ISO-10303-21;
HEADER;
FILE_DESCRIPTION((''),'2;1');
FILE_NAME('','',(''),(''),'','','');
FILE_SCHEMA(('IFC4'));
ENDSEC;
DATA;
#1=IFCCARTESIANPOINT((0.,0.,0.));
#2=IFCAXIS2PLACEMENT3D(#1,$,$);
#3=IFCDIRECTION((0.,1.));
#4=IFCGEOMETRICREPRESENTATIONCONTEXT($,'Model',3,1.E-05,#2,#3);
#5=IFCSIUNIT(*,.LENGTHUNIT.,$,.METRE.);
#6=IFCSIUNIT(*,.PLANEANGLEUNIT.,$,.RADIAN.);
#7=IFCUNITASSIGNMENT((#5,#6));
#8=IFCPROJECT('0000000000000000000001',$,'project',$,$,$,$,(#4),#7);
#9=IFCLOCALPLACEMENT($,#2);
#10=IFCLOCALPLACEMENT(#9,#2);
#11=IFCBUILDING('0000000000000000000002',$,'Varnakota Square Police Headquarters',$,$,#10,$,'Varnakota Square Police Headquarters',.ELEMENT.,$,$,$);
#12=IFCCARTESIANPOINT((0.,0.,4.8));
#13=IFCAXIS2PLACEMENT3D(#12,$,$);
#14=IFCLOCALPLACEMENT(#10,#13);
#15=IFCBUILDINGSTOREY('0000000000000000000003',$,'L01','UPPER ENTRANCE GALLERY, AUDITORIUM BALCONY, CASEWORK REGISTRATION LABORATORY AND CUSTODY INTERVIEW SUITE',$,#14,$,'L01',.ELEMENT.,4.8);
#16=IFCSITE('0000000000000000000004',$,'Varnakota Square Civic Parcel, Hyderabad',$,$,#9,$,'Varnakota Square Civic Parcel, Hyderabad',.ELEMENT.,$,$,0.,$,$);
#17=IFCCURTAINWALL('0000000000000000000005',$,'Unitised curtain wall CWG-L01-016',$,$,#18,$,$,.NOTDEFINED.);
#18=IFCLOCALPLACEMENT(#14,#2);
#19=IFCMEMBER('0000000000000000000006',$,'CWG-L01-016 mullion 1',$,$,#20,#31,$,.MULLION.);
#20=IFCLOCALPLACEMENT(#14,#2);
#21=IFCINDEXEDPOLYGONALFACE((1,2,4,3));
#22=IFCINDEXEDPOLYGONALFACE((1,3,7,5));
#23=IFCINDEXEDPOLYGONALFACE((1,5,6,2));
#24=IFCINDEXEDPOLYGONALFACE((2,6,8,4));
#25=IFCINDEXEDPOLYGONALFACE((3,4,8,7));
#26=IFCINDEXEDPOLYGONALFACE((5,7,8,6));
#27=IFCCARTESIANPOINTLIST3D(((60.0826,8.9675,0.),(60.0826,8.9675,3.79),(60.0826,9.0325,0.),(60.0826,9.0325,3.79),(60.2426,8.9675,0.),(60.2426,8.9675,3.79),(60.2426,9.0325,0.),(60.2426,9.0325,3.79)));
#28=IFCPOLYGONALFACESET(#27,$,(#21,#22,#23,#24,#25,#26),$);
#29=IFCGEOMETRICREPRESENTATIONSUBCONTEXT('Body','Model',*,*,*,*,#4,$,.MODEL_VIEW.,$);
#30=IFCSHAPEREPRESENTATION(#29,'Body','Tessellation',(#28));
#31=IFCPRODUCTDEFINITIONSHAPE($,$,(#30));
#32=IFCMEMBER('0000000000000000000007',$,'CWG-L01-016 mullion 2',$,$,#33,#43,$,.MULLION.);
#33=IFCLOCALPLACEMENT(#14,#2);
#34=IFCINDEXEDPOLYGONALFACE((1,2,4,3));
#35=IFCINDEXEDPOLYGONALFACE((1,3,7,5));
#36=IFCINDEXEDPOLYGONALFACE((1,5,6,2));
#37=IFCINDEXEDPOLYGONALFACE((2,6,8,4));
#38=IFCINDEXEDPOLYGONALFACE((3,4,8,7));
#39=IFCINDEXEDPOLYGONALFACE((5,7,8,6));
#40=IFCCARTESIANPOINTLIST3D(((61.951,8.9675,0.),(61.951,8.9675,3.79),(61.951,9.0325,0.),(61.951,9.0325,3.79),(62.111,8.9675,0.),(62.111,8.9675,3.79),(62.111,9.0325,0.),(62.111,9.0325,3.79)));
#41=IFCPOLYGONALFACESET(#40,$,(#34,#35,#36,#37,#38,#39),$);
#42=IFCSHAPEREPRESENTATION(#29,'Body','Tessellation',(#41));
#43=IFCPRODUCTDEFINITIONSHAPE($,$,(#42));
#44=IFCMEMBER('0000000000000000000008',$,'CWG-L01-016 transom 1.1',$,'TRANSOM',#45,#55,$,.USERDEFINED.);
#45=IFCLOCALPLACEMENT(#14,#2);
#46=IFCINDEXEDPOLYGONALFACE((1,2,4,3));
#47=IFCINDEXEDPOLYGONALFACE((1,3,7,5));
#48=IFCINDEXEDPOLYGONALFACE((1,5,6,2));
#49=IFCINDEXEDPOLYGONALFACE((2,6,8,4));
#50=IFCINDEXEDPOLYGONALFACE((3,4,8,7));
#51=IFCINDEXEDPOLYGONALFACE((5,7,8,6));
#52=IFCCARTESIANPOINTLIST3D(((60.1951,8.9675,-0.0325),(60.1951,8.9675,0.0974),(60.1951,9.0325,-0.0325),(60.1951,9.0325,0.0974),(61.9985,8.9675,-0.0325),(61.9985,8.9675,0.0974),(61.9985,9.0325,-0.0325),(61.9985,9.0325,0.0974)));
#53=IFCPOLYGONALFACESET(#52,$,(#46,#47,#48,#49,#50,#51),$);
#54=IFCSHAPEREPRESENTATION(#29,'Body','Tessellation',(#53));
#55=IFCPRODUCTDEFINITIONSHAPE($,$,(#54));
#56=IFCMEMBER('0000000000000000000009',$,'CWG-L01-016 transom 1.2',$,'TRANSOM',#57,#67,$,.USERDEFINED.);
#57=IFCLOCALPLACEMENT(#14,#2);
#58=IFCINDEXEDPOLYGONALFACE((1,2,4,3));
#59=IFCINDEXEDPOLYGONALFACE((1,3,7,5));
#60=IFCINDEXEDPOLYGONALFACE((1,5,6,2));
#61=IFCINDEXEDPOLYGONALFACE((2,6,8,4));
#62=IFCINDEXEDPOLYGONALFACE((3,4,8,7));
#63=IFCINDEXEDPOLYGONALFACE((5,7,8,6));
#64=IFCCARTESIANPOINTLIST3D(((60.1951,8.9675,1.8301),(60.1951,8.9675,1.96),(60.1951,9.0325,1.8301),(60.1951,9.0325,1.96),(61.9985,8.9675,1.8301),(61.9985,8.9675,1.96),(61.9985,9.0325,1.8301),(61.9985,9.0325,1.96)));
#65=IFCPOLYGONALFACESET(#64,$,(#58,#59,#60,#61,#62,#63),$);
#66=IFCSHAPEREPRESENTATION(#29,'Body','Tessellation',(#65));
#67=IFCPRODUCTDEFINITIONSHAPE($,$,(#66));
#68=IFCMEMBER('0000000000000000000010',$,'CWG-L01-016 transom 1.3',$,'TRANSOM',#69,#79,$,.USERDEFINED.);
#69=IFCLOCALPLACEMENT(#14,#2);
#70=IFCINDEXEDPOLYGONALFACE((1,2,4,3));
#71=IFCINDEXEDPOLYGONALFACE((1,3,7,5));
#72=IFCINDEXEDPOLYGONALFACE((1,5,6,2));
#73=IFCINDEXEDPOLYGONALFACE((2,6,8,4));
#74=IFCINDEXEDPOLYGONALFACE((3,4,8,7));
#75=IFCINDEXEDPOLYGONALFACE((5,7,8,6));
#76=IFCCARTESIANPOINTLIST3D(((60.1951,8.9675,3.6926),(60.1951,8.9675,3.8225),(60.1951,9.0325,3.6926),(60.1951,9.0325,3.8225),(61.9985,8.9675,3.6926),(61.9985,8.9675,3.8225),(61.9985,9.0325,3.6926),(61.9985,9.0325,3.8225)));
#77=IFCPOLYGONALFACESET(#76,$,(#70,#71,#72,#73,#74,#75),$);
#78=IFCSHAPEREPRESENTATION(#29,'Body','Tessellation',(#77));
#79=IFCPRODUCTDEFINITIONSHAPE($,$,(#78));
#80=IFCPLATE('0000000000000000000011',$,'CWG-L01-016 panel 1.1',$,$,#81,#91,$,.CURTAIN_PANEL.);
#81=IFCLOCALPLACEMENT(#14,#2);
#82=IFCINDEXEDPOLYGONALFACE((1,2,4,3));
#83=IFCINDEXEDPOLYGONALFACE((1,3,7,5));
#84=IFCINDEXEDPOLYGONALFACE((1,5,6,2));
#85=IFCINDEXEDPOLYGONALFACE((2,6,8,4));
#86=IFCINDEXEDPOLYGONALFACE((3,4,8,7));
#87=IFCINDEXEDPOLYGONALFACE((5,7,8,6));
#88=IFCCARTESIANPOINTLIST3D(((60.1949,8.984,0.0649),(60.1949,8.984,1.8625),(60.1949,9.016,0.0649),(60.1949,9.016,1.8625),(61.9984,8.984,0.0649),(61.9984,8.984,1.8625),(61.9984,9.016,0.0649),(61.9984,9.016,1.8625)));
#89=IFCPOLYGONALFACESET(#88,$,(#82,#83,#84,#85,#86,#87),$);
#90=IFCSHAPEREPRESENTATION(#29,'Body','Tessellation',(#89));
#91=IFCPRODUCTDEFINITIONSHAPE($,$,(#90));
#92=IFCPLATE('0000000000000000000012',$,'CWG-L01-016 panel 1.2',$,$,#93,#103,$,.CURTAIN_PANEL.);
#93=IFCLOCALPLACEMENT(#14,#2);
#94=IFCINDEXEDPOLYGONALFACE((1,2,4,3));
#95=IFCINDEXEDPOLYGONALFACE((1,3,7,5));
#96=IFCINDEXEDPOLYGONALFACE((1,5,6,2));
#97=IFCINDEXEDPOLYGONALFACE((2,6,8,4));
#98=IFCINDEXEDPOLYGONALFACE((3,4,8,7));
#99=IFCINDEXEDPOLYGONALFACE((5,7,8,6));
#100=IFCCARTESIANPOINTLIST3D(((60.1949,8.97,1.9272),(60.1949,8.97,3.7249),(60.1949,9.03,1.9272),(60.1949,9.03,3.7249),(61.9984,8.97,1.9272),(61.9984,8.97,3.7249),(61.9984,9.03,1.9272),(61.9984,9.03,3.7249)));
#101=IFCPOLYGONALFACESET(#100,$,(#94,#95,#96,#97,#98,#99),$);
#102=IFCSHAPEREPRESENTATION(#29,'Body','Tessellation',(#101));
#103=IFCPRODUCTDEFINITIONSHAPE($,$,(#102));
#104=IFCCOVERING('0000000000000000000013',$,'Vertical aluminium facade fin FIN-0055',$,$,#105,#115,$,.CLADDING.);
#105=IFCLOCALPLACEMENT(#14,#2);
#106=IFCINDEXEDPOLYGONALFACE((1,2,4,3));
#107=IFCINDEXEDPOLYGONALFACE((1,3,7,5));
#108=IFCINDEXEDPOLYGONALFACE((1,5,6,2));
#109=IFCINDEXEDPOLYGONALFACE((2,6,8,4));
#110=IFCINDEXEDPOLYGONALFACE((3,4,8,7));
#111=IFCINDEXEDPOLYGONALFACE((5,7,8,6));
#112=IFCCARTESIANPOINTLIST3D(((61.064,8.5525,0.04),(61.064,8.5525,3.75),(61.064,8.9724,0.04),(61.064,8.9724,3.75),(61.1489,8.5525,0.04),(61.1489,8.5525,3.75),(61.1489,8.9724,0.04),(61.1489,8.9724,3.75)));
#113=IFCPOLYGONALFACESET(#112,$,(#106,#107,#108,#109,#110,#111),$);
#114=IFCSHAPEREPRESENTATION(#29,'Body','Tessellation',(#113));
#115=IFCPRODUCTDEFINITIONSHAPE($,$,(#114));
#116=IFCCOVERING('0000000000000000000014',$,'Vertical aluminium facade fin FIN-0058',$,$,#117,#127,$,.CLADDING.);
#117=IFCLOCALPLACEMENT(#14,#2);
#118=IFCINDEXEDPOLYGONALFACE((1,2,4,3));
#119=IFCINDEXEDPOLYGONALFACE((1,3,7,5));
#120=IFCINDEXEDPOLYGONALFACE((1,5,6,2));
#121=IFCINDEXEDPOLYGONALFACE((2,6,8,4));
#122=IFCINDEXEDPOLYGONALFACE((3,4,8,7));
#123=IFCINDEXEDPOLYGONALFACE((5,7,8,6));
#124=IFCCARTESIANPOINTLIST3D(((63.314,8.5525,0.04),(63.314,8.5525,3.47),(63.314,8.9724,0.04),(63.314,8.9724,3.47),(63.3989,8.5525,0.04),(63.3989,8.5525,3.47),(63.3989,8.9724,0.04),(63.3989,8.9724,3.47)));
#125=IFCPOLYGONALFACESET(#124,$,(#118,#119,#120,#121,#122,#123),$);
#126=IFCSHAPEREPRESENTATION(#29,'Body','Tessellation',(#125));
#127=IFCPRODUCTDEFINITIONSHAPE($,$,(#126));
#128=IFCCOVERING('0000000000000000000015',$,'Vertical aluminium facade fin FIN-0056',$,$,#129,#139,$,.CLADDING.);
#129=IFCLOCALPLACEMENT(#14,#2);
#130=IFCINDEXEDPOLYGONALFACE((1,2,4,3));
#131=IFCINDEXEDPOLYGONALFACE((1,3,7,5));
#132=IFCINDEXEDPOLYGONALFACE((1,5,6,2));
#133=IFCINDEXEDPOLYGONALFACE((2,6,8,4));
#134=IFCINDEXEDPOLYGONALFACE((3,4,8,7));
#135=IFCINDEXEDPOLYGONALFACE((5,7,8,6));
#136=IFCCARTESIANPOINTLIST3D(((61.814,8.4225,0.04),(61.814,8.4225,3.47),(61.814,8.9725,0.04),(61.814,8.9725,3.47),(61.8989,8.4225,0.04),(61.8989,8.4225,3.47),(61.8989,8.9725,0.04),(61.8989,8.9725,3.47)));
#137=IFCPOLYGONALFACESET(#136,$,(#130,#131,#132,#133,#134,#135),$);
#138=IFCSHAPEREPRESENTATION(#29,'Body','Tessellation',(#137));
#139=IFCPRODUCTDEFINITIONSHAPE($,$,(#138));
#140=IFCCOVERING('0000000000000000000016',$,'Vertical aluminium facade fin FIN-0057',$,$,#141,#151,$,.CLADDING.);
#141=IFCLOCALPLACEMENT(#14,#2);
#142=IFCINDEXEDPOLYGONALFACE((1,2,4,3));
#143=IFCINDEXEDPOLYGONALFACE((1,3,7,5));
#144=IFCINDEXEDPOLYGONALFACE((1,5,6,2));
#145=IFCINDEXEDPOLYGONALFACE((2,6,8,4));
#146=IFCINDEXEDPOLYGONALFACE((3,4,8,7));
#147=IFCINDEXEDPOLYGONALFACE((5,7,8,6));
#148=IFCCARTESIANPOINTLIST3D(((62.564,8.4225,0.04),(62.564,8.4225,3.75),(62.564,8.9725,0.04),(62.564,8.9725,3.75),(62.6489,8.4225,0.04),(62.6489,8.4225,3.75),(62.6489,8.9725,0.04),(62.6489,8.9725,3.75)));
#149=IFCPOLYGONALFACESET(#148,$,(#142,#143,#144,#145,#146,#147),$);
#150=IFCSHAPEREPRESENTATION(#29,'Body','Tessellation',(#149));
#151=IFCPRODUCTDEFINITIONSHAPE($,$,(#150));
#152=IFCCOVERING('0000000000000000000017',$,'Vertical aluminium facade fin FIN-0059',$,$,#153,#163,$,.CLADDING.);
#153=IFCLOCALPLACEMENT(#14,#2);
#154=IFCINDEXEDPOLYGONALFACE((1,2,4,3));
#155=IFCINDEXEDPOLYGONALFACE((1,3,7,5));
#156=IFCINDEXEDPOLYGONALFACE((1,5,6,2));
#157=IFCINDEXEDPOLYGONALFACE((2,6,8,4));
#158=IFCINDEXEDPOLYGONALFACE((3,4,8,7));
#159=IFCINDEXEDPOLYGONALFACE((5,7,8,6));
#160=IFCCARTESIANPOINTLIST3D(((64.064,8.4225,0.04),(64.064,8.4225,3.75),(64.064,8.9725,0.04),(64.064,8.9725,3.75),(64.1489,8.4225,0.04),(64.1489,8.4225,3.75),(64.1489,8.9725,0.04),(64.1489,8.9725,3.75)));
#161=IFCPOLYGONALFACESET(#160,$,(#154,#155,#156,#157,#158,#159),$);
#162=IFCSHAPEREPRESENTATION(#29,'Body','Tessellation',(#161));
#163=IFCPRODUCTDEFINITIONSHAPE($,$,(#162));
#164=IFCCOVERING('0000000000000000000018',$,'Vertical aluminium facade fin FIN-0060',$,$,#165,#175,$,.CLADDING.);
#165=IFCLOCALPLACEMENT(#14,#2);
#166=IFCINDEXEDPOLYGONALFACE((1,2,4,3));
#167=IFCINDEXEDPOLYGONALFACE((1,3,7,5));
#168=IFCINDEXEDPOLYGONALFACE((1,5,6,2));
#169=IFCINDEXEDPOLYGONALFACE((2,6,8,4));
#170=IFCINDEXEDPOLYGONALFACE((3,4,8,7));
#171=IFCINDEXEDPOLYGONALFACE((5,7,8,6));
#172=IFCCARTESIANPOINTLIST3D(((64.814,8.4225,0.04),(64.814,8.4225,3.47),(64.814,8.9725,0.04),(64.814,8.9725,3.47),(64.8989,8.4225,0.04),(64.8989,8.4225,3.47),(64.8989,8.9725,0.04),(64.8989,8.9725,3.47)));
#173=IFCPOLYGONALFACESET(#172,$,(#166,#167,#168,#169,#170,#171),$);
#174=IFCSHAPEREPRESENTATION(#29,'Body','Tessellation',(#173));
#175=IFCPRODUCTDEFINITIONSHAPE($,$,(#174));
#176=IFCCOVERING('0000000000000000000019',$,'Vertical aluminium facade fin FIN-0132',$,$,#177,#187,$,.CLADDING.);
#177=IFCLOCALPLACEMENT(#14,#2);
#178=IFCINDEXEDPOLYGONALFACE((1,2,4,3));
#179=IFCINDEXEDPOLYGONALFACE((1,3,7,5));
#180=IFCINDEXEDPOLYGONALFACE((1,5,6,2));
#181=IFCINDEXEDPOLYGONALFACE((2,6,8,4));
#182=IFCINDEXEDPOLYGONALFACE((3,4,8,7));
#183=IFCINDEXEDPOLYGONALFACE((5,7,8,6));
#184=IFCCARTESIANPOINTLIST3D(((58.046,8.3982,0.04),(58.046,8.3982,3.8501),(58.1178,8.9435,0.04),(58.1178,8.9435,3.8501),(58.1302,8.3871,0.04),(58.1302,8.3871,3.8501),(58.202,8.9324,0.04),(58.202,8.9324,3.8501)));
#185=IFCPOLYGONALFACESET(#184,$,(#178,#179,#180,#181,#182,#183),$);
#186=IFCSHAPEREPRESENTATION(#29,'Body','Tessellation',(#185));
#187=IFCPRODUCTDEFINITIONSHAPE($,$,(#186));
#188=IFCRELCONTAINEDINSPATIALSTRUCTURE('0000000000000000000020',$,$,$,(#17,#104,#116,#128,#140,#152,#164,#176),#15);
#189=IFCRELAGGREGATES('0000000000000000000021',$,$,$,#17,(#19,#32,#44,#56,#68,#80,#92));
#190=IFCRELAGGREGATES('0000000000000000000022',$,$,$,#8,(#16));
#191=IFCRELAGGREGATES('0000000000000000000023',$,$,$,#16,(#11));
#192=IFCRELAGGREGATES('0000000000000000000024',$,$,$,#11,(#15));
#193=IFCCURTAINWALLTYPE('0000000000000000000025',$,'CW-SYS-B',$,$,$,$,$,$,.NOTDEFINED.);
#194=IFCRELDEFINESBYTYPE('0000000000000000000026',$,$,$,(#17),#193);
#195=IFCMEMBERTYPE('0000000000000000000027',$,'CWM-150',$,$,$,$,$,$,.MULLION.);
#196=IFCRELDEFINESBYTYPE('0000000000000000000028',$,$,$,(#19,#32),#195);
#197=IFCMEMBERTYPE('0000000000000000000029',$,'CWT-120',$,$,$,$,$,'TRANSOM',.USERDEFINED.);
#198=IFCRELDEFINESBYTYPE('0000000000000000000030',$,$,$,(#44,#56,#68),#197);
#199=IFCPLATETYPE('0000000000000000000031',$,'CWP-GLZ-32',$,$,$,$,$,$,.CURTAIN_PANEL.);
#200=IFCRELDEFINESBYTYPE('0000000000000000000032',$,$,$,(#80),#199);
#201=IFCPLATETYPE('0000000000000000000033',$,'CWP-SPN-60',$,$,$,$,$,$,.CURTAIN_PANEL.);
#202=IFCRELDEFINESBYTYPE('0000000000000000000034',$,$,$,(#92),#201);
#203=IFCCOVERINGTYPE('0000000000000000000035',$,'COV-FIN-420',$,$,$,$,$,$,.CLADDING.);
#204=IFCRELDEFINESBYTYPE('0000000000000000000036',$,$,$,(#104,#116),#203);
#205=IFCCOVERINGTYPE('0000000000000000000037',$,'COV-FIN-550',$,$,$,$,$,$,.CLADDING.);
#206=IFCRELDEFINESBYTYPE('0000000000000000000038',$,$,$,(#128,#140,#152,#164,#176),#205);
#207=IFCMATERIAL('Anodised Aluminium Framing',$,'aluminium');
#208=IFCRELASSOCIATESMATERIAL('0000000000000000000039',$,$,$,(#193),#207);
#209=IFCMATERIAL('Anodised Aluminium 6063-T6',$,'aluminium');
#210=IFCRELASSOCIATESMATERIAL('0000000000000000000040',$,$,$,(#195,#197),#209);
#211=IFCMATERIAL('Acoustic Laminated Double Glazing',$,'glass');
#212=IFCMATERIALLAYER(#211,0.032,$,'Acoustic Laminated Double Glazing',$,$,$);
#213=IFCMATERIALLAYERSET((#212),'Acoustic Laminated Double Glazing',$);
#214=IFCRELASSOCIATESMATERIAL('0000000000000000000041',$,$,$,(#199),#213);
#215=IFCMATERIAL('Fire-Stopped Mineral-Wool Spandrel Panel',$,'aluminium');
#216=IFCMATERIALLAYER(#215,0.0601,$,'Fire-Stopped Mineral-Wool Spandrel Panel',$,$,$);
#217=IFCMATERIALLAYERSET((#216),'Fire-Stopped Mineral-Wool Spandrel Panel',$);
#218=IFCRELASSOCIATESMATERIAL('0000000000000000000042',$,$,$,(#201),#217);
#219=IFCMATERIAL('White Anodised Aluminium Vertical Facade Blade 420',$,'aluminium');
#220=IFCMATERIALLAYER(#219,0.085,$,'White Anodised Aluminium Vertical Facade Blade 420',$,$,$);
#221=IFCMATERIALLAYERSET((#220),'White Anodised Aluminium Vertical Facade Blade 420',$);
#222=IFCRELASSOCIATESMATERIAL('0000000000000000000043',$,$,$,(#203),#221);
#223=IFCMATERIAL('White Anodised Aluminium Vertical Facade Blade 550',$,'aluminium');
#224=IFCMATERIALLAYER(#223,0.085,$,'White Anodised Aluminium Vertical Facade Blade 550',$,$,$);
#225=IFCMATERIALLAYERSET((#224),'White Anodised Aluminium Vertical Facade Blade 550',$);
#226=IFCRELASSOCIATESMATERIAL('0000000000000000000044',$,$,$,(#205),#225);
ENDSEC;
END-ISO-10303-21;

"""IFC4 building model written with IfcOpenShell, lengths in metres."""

from ifc_helpers import new_model, si_unit, direction, frame, origin, origin_2d, place, context, subcontext, project, spatial, rectangle, extrude, material, layer, layer_set, material_profile, profile_set, type_object, element, aggregate, save


model = new_model("IFC4")

# Units and contexts
model_context = context("Model", 3, precision=1e-05, world=origin(), true_north=direction((0.0, 1.0)))
body_context = subcontext(model_context, "Body", "Model", "MODEL_VIEW")
ifc_project = project(units=[si_unit("LENGTHUNIT", "METRE"), si_unit("PLANEANGLEUNIT", "RADIAN")], contexts=[model_context])

# Site, building, storey
site_placement = place(None, origin())
site = spatial("IfcSite", under=ifc_project, at=site_placement, Name="Varnakota Square Civic Parcel, Hyderabad", LongName="Varnakota Square Civic Parcel, Hyderabad", CompositionType="ELEMENT", RefElevation=0.0)
building_placement = place(site_placement, origin())
building = spatial("IfcBuilding", under=site, at=building_placement, Name="Varnakota Square Police Headquarters", LongName="Varnakota Square Police Headquarters", CompositionType="ELEMENT")
storey_placement = place(building_placement, frame((0.0, 0.0, 4.8)))
storey = spatial("IfcBuildingStorey", under=building, at=storey_placement, Name="L01", Description="UPPER ENTRANCE GALLERY, AUDITORIUM BALCONY, CASEWORK REGISTRATION LABORATORY AND CUSTODY INTERVIEW SUITE", LongName="L01", CompositionType="ELEMENT", Elevation=4.8)

# Curtain wall, members, plates
ifc_material_1 = material(Name="Anodised Aluminium Framing", Category="aluminium")
curtain_wall_type = type_object("IfcCurtainWallType", Name="CW-SYS-B", PredefinedType="NOTDEFINED", material=ifc_material_1)
curtain_wall_placement = place(storey_placement, origin())
curtain_wall = element("IfcCurtainWall", 1, at=curtain_wall_placement, inside=storey, type_object=curtain_wall_type, Name="Unitised curtain wall CWG-L01-016", PredefinedType="NOTDEFINED")
ifc_material_2 = material(Name="Anodised Aluminium 6063-T6", Category="aluminium")
ifc_material_profile_1 = material_profile(ifc_material_2, rectangle(XDim=0.0649, YDim=0.1599, at=origin_2d()), Name="ALU MULLION 65x160")
ifc_profile_set_1 = profile_set([ifc_material_profile_1], Name="Anodised Aluminium 6063-T6")
member_type_1 = type_object("IfcMemberType", Name="CWM-150", PredefinedType="MULLION", material=ifc_profile_set_1)
member_1_placement = place(storey_placement, frame((60.1626, 9.0, 0.0), z_axis=(0.0, 0.0, 1.0), x_axis=(0.0, 1.0, 0.0)))
member_1 = element("IfcMember", 2, at=member_1_placement, type_object=member_type_1, Name="CWG-L01-016 mullion 1", PredefinedType="MULLION", context=body_context, shape_type="SweptSolid", body=[
    extrude(rectangle(XDim=0.0649, YDim=0.1599, at=origin_2d()), origin(), (0.0, 0.0, 1.0), 3.79),
])
member_2_placement = place(storey_placement, frame((62.031, 9.0, 0.0), z_axis=(0.0, 0.0, 1.0), x_axis=(0.0, 1.0, 0.0)))
member_2 = element("IfcMember", 3, at=member_2_placement, type_object=member_type_1, Name="CWG-L01-016 mullion 2", PredefinedType="MULLION", context=body_context, shape_type="SweptSolid", body=[
    extrude(rectangle(XDim=0.0649, YDim=0.1599, at=origin_2d()), origin(), (0.0, 0.0, 1.0), 3.79),
])
ifc_material_profile_2 = material_profile(ifc_material_2, rectangle(XDim=0.0649, YDim=0.1299, at=origin_2d()), Name="ALU TRANSOM 65x130")
ifc_profile_set_2 = profile_set([ifc_material_profile_2], Name="Anodised Aluminium 6063-T6")
member_type_2 = type_object("IfcMemberType", Name="CWT-120", ElementType="TRANSOM", PredefinedType="USERDEFINED", material=ifc_profile_set_2)
member_3_placement = place(storey_placement, frame((60.1951, 9.0, 0.0325), z_axis=(1.0, 0.0, 0.0), x_axis=(0.0, 1.0, 0.0)))
member_3 = element("IfcMember", 4, at=member_3_placement, type_object=member_type_2, Name="CWG-L01-016 transom 1.1", ObjectType="TRANSOM", PredefinedType="USERDEFINED", context=body_context, shape_type="SweptSolid", body=[
    extrude(rectangle(XDim=0.0649, YDim=0.1299, at=origin_2d()), origin(), (0.0, 0.0, 1.0), 1.8035),
])
member_4_placement = place(storey_placement, frame((60.1951, 9.0, 1.895), z_axis=(1.0, 0.0, 0.0), x_axis=(0.0, 1.0, 0.0)))
member_4 = element("IfcMember", 5, at=member_4_placement, type_object=member_type_2, Name="CWG-L01-016 transom 1.2", ObjectType="TRANSOM", PredefinedType="USERDEFINED", context=body_context, shape_type="SweptSolid", body=[
    extrude(rectangle(XDim=0.0649, YDim=0.1299, at=origin_2d()), origin(), (0.0, 0.0, 1.0), 1.8035),
])
member_5_placement = place(storey_placement, frame((60.1951, 9.0, 3.7576), z_axis=(1.0, 0.0, 0.0), x_axis=(0.0, 1.0, 0.0)))
member_5 = element("IfcMember", 6, at=member_5_placement, type_object=member_type_2, Name="CWG-L01-016 transom 1.3", ObjectType="TRANSOM", PredefinedType="USERDEFINED", context=body_context, shape_type="SweptSolid", body=[
    extrude(rectangle(XDim=0.0649, YDim=0.1299, at=origin_2d()), origin(), (0.0, 0.0, 1.0), 1.8035),
])
ifc_material_3 = material(Name="Acoustic Laminated Double Glazing", Category="glass")
ifc_layer_1 = layer(ifc_material_3, 0.032, Name="Acoustic Laminated Double Glazing")
ifc_layer_set_1 = layer_set([ifc_layer_1], Name="Acoustic Laminated Double Glazing")
plate_type_1 = type_object("IfcPlateType", Name="CWP-GLZ-32", PredefinedType="CURTAIN_PANEL", material=ifc_layer_set_1)
plate_1_placement = place(storey_placement, frame((61.0967, 9.0, 0.0649), z_axis=(0.0, 0.0, 1.0), x_axis=(1.0, 0.0, 0.0)))
plate_1 = element("IfcPlate", 7, at=plate_1_placement, type_object=plate_type_1, Name="CWG-L01-016 panel 1.1", PredefinedType="CURTAIN_PANEL", context=body_context, shape_type="SweptSolid", body=[
    extrude(rectangle(XDim=1.8035, YDim=0.032, at=origin_2d()), origin(), (0.0, 0.0, 1.0), 1.7976),
])
ifc_material_4 = material(Name="Fire-Stopped Mineral-Wool Spandrel Panel", Category="aluminium")
ifc_layer_2 = layer(ifc_material_4, 0.0601, Name="Fire-Stopped Mineral-Wool Spandrel Panel")
ifc_layer_set_2 = layer_set([ifc_layer_2], Name="Fire-Stopped Mineral-Wool Spandrel Panel")
plate_type_2 = type_object("IfcPlateType", Name="CWP-SPN-60", PredefinedType="CURTAIN_PANEL", material=ifc_layer_set_2)
plate_2_placement = place(storey_placement, frame((61.0967, 9.0, 1.9272), z_axis=(0.0, 0.0, 1.0), x_axis=(1.0, 0.0, 0.0)))
plate_2 = element("IfcPlate", 8, at=plate_2_placement, type_object=plate_type_2, Name="CWG-L01-016 panel 1.2", PredefinedType="CURTAIN_PANEL", context=body_context, shape_type="SweptSolid", body=[
    extrude(rectangle(XDim=1.8035, YDim=0.0601, at=origin_2d()), origin(), (0.0, 0.0, 1.0), 1.7976),
])
aggregate(curtain_wall, [member_1, member_2, member_3, member_4, member_5, plate_1, plate_2])

# Coverings
ifc_material_5 = material(Name="White Anodised Aluminium Vertical Facade Blade 420", Category="aluminium")
ifc_layer_3 = layer(ifc_material_5, 0.085, Name="White Anodised Aluminium Vertical Facade Blade 420")
ifc_layer_set_3 = layer_set([ifc_layer_3], Name="White Anodised Aluminium Vertical Facade Blade 420")
covering_type_1 = type_object("IfcCoveringType", Name="COV-FIN-420", PredefinedType="CLADDING", material=ifc_layer_set_3)
covering_1_placement = place(storey_placement, frame((61.1064, 8.7625, 0.04), z_axis=(0.0, 0.0, 1.0), x_axis=(1.0, 0.0, 0.0)))
element("IfcCovering", 9, at=covering_1_placement, inside=storey, type_object=covering_type_1, Name="Vertical aluminium facade fin FIN-0055", PredefinedType="CLADDING", context=body_context, shape_type="SweptSolid", body=[
    extrude(rectangle(XDim=0.085, YDim=0.4199, at=origin_2d()), origin(), (0.0, 0.0, 1.0), 3.71),
])
covering_2_placement = place(storey_placement, frame((63.3564, 8.7625, 0.04), z_axis=(0.0, 0.0, 1.0), x_axis=(1.0, 0.0, 0.0)))
element("IfcCovering", 10, at=covering_2_placement, inside=storey, type_object=covering_type_1, Name="Vertical aluminium facade fin FIN-0058", PredefinedType="CLADDING", context=body_context, shape_type="SweptSolid", body=[
    extrude(rectangle(XDim=0.085, YDim=0.4199, at=origin_2d()), origin(), (0.0, 0.0, 1.0), 3.4299),
])
ifc_material_6 = material(Name="White Anodised Aluminium Vertical Facade Blade 550", Category="aluminium")
ifc_layer_4 = layer(ifc_material_6, 0.085, Name="White Anodised Aluminium Vertical Facade Blade 550")
ifc_layer_set_4 = layer_set([ifc_layer_4], Name="White Anodised Aluminium Vertical Facade Blade 550")
covering_type_2 = type_object("IfcCoveringType", Name="COV-FIN-550", PredefinedType="CLADDING", material=ifc_layer_set_4)
covering_3_placement = place(storey_placement, frame((61.8564, 8.6975, 0.04), z_axis=(0.0, 0.0, 1.0), x_axis=(1.0, 0.0, 0.0)))
element("IfcCovering", 11, at=covering_3_placement, inside=storey, type_object=covering_type_2, Name="Vertical aluminium facade fin FIN-0056", PredefinedType="CLADDING", context=body_context, shape_type="SweptSolid", body=[
    extrude(rectangle(XDim=0.085, YDim=0.55, at=origin_2d()), origin(), (0.0, 0.0, 1.0), 3.4299),
])
for number, where, z_axis, x_axis, name in (
    (12, (62.6064, 8.6975, 0.04), (0.0, 0.0, 1.0), (1.0, 0.0, 0.0), "Vertical aluminium facade fin FIN-0057"),
    (13, (64.1064, 8.6975, 0.04), (0.0, 0.0, 1.0), (1.0, 0.0, 0.0), "Vertical aluminium facade fin FIN-0059"),
):
    element("IfcCovering", number, at=place(storey_placement, frame(where, z_axis=z_axis, x_axis=x_axis)), inside=storey, type_object=covering_type_2, Name=name, PredefinedType="CLADDING", context=body_context, shape_type="SweptSolid", body=[
        extrude(rectangle(XDim=0.085, YDim=0.55, at=origin_2d()), origin(), (0.0, 0.0, 1.0), 3.71),
    ])
covering_4_placement = place(storey_placement, frame((64.8564, 8.6975, 0.04), z_axis=(0.0, 0.0, 1.0), x_axis=(1.0, 0.0, 0.0)))
element("IfcCovering", 14, at=covering_4_placement, inside=storey, type_object=covering_type_2, Name="Vertical aluminium facade fin FIN-0060", PredefinedType="CLADDING", context=body_context, shape_type="SweptSolid", body=[
    extrude(rectangle(XDim=0.085, YDim=0.55, at=origin_2d()), origin(), (0.0, 0.0, 1.0), 3.4299),
])
covering_5_placement = place(storey_placement, frame((58.124, 8.6653, 0.04), z_axis=(0.0, 0.0, 1.0), x_axis=(0.991445, -0.130526, 0.0)))
element("IfcCovering", 15, at=covering_5_placement, inside=storey, type_object=covering_type_2, Name="Vertical aluminium facade fin FIN-0132", PredefinedType="CLADDING", context=body_context, shape_type="SweptSolid", body=[
    extrude(rectangle(XDim=0.085, YDim=0.55, at=origin_2d()), origin(), (0.0, 0.0, 1.0), 3.8101),
])

save(model, "model.ifc")
